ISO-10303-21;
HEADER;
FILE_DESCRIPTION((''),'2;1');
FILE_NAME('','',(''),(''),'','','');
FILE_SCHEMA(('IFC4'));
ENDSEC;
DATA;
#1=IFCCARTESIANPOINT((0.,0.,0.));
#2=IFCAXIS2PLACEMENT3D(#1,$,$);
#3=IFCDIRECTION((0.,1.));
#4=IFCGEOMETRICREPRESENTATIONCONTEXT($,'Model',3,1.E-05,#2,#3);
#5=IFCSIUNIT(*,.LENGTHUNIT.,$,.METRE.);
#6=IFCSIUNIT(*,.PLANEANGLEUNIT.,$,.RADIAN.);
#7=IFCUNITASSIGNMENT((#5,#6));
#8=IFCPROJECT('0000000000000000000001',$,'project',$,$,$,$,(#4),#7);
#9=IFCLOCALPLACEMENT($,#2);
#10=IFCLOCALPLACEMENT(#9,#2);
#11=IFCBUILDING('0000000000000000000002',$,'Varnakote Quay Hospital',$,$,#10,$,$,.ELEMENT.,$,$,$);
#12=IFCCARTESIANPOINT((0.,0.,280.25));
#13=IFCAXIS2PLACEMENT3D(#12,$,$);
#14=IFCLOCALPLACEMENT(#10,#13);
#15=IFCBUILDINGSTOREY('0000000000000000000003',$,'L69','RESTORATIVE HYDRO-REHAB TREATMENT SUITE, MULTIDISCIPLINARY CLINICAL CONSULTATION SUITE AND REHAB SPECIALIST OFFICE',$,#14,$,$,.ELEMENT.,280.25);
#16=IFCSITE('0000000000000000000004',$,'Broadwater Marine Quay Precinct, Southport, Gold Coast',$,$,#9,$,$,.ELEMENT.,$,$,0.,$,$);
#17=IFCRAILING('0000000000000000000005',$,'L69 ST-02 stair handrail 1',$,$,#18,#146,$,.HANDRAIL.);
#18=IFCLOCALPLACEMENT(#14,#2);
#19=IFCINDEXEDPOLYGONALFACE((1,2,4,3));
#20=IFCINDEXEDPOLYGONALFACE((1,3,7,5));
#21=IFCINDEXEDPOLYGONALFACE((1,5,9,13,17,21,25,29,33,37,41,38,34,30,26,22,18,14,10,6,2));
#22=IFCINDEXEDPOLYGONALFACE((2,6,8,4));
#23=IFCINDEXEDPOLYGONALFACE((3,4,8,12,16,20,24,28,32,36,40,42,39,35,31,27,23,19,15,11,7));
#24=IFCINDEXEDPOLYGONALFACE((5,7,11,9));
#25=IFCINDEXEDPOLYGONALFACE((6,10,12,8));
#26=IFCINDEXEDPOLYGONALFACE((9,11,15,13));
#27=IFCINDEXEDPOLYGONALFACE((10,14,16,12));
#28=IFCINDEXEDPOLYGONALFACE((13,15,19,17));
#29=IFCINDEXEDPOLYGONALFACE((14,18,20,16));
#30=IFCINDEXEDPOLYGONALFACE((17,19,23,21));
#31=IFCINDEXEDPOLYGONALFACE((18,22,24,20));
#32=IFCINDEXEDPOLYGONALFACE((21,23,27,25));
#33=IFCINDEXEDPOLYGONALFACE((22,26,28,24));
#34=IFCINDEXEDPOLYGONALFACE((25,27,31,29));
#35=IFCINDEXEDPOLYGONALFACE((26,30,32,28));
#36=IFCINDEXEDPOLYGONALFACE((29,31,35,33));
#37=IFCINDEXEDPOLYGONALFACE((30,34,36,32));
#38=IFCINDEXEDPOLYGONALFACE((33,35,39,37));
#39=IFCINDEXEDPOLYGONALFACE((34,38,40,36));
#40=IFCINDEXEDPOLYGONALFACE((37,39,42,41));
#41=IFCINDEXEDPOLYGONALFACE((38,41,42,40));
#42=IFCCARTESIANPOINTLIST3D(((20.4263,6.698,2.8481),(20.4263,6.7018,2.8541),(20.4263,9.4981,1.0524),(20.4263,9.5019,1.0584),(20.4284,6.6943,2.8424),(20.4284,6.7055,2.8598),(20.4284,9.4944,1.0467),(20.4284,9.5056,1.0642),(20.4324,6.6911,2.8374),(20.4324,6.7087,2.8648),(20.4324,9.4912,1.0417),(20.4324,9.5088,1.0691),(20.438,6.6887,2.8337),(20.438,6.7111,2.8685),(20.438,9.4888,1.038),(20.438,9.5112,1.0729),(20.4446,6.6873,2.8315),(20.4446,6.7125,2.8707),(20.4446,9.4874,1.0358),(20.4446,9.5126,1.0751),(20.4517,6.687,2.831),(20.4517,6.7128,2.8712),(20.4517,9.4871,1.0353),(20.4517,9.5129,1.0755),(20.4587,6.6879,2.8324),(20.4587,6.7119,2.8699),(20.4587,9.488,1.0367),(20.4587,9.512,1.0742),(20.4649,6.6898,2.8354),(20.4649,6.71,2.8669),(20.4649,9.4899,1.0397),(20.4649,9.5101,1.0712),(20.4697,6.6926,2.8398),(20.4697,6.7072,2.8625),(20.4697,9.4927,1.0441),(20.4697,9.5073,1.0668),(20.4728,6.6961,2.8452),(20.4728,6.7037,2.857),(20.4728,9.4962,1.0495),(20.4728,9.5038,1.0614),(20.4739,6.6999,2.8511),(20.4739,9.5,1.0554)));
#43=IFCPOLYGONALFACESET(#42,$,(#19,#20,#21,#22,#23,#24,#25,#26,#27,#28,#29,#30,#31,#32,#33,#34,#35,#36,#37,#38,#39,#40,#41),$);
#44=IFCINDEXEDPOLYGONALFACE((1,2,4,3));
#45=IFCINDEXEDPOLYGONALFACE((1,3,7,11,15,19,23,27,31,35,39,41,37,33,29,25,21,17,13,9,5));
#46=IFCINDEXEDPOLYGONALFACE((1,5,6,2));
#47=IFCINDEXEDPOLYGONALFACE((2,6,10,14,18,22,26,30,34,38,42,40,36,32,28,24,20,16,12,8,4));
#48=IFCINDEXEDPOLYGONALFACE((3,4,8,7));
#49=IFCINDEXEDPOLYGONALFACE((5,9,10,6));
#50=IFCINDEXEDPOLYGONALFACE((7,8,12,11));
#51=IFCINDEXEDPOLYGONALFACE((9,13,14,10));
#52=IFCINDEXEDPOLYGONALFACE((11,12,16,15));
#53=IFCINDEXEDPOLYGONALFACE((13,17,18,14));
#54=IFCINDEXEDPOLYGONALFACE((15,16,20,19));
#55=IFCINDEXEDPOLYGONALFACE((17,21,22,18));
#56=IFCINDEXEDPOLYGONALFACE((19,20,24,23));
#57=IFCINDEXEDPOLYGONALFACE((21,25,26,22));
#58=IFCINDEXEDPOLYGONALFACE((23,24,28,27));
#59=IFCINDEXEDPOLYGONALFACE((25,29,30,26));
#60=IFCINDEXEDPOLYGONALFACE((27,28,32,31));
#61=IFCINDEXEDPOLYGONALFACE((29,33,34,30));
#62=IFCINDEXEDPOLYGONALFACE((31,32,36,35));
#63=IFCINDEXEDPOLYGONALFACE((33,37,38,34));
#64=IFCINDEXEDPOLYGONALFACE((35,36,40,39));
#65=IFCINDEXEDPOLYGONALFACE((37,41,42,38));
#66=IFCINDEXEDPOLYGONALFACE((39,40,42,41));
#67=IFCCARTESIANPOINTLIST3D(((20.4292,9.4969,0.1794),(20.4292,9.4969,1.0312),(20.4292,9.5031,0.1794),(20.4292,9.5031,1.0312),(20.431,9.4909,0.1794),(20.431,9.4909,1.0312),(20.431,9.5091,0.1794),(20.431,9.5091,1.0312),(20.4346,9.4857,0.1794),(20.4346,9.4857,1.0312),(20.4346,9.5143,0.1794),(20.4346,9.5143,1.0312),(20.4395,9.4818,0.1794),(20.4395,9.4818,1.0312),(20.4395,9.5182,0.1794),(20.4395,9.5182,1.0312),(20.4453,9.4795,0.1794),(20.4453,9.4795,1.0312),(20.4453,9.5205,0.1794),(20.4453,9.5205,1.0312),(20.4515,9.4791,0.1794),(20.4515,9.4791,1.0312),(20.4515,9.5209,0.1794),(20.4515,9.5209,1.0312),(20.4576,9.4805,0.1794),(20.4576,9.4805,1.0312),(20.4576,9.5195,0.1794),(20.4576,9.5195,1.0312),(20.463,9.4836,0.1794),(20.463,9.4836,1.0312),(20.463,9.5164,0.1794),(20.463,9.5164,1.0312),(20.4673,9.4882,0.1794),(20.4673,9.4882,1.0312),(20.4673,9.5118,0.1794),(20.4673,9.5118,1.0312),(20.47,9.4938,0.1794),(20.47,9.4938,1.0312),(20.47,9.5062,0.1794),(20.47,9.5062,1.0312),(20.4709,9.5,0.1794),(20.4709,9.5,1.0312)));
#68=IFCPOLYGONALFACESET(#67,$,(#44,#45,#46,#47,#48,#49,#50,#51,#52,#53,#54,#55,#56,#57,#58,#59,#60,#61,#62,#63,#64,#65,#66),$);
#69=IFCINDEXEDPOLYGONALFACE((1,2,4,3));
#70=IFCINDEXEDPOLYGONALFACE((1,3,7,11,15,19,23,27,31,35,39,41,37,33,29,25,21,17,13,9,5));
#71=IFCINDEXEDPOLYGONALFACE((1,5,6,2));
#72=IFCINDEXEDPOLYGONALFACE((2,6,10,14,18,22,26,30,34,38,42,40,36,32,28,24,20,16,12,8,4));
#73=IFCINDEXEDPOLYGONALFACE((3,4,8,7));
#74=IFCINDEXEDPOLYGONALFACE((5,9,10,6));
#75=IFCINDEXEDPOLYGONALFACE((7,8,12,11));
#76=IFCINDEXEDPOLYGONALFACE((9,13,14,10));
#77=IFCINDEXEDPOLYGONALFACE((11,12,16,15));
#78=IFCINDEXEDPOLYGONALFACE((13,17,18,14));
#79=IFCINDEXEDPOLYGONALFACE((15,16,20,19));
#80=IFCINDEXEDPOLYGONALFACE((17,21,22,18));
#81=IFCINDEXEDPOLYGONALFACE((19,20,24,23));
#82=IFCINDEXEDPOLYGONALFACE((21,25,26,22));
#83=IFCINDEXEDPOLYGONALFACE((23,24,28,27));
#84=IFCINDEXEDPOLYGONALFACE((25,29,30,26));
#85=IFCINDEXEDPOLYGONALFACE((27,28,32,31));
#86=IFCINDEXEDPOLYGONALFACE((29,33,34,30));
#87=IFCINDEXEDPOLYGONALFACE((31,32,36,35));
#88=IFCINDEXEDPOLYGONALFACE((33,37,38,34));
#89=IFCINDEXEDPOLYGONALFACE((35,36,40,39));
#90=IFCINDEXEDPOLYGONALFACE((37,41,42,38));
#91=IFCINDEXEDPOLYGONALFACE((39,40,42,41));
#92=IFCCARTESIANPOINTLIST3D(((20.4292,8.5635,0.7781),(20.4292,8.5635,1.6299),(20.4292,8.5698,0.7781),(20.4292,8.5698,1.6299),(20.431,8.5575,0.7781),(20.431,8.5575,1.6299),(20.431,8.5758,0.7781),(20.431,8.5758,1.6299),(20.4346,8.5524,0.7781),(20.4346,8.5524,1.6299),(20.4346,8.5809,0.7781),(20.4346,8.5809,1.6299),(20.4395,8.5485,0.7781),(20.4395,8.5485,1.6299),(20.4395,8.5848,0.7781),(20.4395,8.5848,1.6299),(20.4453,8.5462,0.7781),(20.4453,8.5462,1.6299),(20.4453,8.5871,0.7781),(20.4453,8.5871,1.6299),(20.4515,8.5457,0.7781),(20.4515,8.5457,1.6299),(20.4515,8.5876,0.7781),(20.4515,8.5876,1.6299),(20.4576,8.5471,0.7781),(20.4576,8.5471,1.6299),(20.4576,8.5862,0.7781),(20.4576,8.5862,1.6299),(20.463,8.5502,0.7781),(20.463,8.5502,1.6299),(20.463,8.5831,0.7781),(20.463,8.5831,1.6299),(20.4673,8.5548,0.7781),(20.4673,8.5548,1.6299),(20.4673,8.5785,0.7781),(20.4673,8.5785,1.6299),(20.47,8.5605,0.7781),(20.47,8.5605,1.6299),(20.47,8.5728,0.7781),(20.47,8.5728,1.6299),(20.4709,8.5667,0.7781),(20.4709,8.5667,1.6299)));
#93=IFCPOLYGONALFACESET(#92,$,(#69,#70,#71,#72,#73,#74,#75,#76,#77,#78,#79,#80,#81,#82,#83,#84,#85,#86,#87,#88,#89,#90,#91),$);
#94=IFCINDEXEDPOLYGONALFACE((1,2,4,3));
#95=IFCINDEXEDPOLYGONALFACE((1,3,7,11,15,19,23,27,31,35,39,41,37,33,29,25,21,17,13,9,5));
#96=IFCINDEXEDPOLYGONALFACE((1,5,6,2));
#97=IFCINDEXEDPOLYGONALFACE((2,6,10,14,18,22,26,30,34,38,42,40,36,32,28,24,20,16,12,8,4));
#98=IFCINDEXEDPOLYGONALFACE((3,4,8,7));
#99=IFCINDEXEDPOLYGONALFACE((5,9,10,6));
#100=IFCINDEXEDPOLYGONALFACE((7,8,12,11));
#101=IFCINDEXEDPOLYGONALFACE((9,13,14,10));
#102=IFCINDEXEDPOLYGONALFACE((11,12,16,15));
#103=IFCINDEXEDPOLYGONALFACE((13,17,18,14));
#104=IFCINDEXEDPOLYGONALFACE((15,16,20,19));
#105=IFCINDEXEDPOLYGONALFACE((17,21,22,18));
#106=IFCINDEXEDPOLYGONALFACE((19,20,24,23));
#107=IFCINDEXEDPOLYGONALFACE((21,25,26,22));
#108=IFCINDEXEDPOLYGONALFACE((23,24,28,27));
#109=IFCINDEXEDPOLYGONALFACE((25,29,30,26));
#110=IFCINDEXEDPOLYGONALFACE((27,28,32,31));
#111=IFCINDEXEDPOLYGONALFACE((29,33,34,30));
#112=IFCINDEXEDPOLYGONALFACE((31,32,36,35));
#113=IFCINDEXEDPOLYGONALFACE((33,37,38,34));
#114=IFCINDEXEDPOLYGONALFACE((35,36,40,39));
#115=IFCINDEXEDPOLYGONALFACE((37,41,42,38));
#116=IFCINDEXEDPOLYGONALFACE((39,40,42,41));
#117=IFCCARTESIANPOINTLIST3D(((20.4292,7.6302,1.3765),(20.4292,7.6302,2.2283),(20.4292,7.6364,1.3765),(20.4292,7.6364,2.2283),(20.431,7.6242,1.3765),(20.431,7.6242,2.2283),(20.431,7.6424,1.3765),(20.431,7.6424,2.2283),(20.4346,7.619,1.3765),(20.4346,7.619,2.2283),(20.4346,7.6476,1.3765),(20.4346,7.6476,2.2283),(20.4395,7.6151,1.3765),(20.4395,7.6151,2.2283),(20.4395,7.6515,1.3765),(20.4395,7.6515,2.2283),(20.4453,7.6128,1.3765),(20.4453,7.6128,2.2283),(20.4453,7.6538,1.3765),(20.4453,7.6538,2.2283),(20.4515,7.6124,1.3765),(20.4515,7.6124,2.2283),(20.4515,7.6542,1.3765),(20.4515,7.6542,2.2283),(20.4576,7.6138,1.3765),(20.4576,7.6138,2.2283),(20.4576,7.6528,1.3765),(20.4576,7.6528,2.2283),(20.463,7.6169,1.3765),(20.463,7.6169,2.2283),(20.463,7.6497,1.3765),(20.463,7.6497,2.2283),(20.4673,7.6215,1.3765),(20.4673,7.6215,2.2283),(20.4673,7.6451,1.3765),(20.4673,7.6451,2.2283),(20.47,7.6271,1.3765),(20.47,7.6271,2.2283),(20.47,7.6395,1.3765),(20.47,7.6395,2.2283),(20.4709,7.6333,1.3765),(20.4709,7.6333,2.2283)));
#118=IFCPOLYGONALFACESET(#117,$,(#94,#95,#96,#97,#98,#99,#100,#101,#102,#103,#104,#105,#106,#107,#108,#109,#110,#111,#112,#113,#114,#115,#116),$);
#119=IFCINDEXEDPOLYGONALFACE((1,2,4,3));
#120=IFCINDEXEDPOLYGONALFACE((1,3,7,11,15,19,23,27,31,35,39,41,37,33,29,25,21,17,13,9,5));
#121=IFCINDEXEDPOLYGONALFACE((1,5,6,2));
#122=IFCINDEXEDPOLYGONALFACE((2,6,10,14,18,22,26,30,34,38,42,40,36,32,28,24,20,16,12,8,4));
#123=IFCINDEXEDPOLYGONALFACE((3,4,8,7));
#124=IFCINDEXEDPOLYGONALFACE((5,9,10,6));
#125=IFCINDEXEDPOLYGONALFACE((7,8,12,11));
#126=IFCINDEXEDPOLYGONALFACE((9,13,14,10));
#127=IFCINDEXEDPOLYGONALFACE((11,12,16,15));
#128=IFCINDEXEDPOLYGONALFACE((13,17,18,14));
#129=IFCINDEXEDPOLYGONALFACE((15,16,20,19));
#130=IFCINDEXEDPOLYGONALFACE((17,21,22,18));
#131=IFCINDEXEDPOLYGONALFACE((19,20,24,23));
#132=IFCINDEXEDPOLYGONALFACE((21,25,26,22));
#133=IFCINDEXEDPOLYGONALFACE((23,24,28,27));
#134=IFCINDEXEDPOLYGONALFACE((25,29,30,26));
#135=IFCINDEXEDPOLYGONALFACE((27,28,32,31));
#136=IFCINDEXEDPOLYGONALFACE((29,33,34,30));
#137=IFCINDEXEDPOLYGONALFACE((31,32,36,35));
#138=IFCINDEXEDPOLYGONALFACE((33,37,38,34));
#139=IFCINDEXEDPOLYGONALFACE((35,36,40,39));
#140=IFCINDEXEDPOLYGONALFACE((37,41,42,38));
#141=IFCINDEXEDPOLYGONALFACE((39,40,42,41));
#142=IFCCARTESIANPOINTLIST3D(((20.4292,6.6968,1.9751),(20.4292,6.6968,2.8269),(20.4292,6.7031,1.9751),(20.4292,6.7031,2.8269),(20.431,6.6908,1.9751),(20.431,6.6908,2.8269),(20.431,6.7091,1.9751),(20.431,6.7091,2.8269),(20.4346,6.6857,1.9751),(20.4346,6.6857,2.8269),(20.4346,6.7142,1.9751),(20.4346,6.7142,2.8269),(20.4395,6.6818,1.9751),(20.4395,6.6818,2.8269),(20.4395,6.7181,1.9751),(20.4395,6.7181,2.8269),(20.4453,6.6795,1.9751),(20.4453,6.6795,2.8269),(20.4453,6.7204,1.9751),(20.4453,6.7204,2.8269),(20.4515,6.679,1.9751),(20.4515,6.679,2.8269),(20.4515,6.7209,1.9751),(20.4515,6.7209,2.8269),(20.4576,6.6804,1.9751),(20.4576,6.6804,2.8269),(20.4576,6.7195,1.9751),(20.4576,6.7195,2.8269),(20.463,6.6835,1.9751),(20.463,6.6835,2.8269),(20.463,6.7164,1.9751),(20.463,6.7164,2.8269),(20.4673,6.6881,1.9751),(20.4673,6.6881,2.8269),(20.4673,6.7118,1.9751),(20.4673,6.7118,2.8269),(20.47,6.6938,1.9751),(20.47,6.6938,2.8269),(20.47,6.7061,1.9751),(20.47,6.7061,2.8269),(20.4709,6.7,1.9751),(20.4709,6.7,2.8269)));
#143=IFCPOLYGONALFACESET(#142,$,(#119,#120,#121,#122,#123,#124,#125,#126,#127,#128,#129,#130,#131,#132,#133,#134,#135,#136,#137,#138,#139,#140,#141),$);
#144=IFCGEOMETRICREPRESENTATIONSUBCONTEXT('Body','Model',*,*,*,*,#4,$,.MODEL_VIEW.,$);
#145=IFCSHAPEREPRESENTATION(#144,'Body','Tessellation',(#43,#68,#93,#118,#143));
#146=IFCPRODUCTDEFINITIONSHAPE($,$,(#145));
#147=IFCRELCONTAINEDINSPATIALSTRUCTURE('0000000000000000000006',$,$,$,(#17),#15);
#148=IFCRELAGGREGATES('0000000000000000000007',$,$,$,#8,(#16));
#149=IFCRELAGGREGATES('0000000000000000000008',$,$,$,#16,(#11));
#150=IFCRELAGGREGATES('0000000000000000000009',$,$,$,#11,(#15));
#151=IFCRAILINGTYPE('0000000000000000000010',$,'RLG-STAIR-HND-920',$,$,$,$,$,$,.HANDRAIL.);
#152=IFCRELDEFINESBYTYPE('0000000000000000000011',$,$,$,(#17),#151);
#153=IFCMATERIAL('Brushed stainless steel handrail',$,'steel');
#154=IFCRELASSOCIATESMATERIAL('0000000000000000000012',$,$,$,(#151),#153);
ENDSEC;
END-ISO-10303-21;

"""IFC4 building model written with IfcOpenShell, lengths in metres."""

from ifc_helpers import new_model, si_unit, direction, frame, origin, origin_2d, place, context, subcontext, project, spatial, circle, extrude, material, type_object, element, save


model = new_model("IFC4")

# Units and contexts
model_context = context("Model", 3, precision=1e-05, world=origin(), true_north=direction((0.0, 1.0)))
body_context = subcontext(model_context, "Body", "Model", "MODEL_VIEW")
ifc_project = project(units=[si_unit("LENGTHUNIT", "METRE"), si_unit("PLANEANGLEUNIT", "RADIAN")], contexts=[model_context])

# Site, building, storey
site_placement = place(None, origin())
site = spatial("IfcSite", under=ifc_project, at=site_placement, Name="Broadwater Marine Quay Precinct, Southport, Gold Coast", CompositionType="ELEMENT", RefElevation=0.0)
building_placement = place(site_placement, origin())
building = spatial("IfcBuilding", under=site, at=building_placement, Name="Varnakote Quay Hospital", CompositionType="ELEMENT")
storey_placement = place(building_placement, frame((0.0, 0.0, 280.25)))
storey = spatial("IfcBuildingStorey", under=building, at=storey_placement, Name="L69", Description="RESTORATIVE HYDRO-REHAB TREATMENT SUITE, MULTIDISCIPLINARY CLINICAL CONSULTATION SUITE AND REHAB SPECIALIST OFFICE", CompositionType="ELEMENT", Elevation=280.25)

# Railing
ifc_material_1 = material(Name="Brushed stainless steel handrail", Category="steel")
railing_type_1 = type_object("IfcRailingType", Name="RLG-STAIR-HND-920", PredefinedType="HANDRAIL", material=ifc_material_1)
railing_1_placement = place(storey_placement, frame((20.45, 9.5, 0.1794)))
element("IfcRailing", 1, at=railing_1_placement, inside=storey, type_object=railing_type_1, Name="L69 ST-02 stair handrail 1", PredefinedType="HANDRAIL", context=body_context, shape_type="SweptSolid", body=[
    extrude(circle(Radius=0.0239, at=origin_2d()), frame((0.0, 0.0, 0.876), z_axis=(0.0, -0.841777, 0.539826), x_axis=(1.0, 0.0, 0.0)), (0.0, 0.0, 1.0), 3.3264),
    extrude(circle(Radius=0.021, at=origin_2d()), origin(), (0.0, 0.0, 1.0), 0.8518),
    extrude(circle(Radius=0.021, at=origin_2d()), frame((0.0, -0.9333, 0.5986)), (0.0, 0.0, 1.0), 0.8518),
    extrude(circle(Radius=0.021, at=origin_2d()), frame((0.0, -1.8667, 1.197)), (0.0, 0.0, 1.0), 0.8518),
    extrude(circle(Radius=0.021, at=origin_2d()), frame((0.0, -2.8, 1.7957)), (0.0, 0.0, 1.0), 0.8518),
])

save(model, "model.ifc")
